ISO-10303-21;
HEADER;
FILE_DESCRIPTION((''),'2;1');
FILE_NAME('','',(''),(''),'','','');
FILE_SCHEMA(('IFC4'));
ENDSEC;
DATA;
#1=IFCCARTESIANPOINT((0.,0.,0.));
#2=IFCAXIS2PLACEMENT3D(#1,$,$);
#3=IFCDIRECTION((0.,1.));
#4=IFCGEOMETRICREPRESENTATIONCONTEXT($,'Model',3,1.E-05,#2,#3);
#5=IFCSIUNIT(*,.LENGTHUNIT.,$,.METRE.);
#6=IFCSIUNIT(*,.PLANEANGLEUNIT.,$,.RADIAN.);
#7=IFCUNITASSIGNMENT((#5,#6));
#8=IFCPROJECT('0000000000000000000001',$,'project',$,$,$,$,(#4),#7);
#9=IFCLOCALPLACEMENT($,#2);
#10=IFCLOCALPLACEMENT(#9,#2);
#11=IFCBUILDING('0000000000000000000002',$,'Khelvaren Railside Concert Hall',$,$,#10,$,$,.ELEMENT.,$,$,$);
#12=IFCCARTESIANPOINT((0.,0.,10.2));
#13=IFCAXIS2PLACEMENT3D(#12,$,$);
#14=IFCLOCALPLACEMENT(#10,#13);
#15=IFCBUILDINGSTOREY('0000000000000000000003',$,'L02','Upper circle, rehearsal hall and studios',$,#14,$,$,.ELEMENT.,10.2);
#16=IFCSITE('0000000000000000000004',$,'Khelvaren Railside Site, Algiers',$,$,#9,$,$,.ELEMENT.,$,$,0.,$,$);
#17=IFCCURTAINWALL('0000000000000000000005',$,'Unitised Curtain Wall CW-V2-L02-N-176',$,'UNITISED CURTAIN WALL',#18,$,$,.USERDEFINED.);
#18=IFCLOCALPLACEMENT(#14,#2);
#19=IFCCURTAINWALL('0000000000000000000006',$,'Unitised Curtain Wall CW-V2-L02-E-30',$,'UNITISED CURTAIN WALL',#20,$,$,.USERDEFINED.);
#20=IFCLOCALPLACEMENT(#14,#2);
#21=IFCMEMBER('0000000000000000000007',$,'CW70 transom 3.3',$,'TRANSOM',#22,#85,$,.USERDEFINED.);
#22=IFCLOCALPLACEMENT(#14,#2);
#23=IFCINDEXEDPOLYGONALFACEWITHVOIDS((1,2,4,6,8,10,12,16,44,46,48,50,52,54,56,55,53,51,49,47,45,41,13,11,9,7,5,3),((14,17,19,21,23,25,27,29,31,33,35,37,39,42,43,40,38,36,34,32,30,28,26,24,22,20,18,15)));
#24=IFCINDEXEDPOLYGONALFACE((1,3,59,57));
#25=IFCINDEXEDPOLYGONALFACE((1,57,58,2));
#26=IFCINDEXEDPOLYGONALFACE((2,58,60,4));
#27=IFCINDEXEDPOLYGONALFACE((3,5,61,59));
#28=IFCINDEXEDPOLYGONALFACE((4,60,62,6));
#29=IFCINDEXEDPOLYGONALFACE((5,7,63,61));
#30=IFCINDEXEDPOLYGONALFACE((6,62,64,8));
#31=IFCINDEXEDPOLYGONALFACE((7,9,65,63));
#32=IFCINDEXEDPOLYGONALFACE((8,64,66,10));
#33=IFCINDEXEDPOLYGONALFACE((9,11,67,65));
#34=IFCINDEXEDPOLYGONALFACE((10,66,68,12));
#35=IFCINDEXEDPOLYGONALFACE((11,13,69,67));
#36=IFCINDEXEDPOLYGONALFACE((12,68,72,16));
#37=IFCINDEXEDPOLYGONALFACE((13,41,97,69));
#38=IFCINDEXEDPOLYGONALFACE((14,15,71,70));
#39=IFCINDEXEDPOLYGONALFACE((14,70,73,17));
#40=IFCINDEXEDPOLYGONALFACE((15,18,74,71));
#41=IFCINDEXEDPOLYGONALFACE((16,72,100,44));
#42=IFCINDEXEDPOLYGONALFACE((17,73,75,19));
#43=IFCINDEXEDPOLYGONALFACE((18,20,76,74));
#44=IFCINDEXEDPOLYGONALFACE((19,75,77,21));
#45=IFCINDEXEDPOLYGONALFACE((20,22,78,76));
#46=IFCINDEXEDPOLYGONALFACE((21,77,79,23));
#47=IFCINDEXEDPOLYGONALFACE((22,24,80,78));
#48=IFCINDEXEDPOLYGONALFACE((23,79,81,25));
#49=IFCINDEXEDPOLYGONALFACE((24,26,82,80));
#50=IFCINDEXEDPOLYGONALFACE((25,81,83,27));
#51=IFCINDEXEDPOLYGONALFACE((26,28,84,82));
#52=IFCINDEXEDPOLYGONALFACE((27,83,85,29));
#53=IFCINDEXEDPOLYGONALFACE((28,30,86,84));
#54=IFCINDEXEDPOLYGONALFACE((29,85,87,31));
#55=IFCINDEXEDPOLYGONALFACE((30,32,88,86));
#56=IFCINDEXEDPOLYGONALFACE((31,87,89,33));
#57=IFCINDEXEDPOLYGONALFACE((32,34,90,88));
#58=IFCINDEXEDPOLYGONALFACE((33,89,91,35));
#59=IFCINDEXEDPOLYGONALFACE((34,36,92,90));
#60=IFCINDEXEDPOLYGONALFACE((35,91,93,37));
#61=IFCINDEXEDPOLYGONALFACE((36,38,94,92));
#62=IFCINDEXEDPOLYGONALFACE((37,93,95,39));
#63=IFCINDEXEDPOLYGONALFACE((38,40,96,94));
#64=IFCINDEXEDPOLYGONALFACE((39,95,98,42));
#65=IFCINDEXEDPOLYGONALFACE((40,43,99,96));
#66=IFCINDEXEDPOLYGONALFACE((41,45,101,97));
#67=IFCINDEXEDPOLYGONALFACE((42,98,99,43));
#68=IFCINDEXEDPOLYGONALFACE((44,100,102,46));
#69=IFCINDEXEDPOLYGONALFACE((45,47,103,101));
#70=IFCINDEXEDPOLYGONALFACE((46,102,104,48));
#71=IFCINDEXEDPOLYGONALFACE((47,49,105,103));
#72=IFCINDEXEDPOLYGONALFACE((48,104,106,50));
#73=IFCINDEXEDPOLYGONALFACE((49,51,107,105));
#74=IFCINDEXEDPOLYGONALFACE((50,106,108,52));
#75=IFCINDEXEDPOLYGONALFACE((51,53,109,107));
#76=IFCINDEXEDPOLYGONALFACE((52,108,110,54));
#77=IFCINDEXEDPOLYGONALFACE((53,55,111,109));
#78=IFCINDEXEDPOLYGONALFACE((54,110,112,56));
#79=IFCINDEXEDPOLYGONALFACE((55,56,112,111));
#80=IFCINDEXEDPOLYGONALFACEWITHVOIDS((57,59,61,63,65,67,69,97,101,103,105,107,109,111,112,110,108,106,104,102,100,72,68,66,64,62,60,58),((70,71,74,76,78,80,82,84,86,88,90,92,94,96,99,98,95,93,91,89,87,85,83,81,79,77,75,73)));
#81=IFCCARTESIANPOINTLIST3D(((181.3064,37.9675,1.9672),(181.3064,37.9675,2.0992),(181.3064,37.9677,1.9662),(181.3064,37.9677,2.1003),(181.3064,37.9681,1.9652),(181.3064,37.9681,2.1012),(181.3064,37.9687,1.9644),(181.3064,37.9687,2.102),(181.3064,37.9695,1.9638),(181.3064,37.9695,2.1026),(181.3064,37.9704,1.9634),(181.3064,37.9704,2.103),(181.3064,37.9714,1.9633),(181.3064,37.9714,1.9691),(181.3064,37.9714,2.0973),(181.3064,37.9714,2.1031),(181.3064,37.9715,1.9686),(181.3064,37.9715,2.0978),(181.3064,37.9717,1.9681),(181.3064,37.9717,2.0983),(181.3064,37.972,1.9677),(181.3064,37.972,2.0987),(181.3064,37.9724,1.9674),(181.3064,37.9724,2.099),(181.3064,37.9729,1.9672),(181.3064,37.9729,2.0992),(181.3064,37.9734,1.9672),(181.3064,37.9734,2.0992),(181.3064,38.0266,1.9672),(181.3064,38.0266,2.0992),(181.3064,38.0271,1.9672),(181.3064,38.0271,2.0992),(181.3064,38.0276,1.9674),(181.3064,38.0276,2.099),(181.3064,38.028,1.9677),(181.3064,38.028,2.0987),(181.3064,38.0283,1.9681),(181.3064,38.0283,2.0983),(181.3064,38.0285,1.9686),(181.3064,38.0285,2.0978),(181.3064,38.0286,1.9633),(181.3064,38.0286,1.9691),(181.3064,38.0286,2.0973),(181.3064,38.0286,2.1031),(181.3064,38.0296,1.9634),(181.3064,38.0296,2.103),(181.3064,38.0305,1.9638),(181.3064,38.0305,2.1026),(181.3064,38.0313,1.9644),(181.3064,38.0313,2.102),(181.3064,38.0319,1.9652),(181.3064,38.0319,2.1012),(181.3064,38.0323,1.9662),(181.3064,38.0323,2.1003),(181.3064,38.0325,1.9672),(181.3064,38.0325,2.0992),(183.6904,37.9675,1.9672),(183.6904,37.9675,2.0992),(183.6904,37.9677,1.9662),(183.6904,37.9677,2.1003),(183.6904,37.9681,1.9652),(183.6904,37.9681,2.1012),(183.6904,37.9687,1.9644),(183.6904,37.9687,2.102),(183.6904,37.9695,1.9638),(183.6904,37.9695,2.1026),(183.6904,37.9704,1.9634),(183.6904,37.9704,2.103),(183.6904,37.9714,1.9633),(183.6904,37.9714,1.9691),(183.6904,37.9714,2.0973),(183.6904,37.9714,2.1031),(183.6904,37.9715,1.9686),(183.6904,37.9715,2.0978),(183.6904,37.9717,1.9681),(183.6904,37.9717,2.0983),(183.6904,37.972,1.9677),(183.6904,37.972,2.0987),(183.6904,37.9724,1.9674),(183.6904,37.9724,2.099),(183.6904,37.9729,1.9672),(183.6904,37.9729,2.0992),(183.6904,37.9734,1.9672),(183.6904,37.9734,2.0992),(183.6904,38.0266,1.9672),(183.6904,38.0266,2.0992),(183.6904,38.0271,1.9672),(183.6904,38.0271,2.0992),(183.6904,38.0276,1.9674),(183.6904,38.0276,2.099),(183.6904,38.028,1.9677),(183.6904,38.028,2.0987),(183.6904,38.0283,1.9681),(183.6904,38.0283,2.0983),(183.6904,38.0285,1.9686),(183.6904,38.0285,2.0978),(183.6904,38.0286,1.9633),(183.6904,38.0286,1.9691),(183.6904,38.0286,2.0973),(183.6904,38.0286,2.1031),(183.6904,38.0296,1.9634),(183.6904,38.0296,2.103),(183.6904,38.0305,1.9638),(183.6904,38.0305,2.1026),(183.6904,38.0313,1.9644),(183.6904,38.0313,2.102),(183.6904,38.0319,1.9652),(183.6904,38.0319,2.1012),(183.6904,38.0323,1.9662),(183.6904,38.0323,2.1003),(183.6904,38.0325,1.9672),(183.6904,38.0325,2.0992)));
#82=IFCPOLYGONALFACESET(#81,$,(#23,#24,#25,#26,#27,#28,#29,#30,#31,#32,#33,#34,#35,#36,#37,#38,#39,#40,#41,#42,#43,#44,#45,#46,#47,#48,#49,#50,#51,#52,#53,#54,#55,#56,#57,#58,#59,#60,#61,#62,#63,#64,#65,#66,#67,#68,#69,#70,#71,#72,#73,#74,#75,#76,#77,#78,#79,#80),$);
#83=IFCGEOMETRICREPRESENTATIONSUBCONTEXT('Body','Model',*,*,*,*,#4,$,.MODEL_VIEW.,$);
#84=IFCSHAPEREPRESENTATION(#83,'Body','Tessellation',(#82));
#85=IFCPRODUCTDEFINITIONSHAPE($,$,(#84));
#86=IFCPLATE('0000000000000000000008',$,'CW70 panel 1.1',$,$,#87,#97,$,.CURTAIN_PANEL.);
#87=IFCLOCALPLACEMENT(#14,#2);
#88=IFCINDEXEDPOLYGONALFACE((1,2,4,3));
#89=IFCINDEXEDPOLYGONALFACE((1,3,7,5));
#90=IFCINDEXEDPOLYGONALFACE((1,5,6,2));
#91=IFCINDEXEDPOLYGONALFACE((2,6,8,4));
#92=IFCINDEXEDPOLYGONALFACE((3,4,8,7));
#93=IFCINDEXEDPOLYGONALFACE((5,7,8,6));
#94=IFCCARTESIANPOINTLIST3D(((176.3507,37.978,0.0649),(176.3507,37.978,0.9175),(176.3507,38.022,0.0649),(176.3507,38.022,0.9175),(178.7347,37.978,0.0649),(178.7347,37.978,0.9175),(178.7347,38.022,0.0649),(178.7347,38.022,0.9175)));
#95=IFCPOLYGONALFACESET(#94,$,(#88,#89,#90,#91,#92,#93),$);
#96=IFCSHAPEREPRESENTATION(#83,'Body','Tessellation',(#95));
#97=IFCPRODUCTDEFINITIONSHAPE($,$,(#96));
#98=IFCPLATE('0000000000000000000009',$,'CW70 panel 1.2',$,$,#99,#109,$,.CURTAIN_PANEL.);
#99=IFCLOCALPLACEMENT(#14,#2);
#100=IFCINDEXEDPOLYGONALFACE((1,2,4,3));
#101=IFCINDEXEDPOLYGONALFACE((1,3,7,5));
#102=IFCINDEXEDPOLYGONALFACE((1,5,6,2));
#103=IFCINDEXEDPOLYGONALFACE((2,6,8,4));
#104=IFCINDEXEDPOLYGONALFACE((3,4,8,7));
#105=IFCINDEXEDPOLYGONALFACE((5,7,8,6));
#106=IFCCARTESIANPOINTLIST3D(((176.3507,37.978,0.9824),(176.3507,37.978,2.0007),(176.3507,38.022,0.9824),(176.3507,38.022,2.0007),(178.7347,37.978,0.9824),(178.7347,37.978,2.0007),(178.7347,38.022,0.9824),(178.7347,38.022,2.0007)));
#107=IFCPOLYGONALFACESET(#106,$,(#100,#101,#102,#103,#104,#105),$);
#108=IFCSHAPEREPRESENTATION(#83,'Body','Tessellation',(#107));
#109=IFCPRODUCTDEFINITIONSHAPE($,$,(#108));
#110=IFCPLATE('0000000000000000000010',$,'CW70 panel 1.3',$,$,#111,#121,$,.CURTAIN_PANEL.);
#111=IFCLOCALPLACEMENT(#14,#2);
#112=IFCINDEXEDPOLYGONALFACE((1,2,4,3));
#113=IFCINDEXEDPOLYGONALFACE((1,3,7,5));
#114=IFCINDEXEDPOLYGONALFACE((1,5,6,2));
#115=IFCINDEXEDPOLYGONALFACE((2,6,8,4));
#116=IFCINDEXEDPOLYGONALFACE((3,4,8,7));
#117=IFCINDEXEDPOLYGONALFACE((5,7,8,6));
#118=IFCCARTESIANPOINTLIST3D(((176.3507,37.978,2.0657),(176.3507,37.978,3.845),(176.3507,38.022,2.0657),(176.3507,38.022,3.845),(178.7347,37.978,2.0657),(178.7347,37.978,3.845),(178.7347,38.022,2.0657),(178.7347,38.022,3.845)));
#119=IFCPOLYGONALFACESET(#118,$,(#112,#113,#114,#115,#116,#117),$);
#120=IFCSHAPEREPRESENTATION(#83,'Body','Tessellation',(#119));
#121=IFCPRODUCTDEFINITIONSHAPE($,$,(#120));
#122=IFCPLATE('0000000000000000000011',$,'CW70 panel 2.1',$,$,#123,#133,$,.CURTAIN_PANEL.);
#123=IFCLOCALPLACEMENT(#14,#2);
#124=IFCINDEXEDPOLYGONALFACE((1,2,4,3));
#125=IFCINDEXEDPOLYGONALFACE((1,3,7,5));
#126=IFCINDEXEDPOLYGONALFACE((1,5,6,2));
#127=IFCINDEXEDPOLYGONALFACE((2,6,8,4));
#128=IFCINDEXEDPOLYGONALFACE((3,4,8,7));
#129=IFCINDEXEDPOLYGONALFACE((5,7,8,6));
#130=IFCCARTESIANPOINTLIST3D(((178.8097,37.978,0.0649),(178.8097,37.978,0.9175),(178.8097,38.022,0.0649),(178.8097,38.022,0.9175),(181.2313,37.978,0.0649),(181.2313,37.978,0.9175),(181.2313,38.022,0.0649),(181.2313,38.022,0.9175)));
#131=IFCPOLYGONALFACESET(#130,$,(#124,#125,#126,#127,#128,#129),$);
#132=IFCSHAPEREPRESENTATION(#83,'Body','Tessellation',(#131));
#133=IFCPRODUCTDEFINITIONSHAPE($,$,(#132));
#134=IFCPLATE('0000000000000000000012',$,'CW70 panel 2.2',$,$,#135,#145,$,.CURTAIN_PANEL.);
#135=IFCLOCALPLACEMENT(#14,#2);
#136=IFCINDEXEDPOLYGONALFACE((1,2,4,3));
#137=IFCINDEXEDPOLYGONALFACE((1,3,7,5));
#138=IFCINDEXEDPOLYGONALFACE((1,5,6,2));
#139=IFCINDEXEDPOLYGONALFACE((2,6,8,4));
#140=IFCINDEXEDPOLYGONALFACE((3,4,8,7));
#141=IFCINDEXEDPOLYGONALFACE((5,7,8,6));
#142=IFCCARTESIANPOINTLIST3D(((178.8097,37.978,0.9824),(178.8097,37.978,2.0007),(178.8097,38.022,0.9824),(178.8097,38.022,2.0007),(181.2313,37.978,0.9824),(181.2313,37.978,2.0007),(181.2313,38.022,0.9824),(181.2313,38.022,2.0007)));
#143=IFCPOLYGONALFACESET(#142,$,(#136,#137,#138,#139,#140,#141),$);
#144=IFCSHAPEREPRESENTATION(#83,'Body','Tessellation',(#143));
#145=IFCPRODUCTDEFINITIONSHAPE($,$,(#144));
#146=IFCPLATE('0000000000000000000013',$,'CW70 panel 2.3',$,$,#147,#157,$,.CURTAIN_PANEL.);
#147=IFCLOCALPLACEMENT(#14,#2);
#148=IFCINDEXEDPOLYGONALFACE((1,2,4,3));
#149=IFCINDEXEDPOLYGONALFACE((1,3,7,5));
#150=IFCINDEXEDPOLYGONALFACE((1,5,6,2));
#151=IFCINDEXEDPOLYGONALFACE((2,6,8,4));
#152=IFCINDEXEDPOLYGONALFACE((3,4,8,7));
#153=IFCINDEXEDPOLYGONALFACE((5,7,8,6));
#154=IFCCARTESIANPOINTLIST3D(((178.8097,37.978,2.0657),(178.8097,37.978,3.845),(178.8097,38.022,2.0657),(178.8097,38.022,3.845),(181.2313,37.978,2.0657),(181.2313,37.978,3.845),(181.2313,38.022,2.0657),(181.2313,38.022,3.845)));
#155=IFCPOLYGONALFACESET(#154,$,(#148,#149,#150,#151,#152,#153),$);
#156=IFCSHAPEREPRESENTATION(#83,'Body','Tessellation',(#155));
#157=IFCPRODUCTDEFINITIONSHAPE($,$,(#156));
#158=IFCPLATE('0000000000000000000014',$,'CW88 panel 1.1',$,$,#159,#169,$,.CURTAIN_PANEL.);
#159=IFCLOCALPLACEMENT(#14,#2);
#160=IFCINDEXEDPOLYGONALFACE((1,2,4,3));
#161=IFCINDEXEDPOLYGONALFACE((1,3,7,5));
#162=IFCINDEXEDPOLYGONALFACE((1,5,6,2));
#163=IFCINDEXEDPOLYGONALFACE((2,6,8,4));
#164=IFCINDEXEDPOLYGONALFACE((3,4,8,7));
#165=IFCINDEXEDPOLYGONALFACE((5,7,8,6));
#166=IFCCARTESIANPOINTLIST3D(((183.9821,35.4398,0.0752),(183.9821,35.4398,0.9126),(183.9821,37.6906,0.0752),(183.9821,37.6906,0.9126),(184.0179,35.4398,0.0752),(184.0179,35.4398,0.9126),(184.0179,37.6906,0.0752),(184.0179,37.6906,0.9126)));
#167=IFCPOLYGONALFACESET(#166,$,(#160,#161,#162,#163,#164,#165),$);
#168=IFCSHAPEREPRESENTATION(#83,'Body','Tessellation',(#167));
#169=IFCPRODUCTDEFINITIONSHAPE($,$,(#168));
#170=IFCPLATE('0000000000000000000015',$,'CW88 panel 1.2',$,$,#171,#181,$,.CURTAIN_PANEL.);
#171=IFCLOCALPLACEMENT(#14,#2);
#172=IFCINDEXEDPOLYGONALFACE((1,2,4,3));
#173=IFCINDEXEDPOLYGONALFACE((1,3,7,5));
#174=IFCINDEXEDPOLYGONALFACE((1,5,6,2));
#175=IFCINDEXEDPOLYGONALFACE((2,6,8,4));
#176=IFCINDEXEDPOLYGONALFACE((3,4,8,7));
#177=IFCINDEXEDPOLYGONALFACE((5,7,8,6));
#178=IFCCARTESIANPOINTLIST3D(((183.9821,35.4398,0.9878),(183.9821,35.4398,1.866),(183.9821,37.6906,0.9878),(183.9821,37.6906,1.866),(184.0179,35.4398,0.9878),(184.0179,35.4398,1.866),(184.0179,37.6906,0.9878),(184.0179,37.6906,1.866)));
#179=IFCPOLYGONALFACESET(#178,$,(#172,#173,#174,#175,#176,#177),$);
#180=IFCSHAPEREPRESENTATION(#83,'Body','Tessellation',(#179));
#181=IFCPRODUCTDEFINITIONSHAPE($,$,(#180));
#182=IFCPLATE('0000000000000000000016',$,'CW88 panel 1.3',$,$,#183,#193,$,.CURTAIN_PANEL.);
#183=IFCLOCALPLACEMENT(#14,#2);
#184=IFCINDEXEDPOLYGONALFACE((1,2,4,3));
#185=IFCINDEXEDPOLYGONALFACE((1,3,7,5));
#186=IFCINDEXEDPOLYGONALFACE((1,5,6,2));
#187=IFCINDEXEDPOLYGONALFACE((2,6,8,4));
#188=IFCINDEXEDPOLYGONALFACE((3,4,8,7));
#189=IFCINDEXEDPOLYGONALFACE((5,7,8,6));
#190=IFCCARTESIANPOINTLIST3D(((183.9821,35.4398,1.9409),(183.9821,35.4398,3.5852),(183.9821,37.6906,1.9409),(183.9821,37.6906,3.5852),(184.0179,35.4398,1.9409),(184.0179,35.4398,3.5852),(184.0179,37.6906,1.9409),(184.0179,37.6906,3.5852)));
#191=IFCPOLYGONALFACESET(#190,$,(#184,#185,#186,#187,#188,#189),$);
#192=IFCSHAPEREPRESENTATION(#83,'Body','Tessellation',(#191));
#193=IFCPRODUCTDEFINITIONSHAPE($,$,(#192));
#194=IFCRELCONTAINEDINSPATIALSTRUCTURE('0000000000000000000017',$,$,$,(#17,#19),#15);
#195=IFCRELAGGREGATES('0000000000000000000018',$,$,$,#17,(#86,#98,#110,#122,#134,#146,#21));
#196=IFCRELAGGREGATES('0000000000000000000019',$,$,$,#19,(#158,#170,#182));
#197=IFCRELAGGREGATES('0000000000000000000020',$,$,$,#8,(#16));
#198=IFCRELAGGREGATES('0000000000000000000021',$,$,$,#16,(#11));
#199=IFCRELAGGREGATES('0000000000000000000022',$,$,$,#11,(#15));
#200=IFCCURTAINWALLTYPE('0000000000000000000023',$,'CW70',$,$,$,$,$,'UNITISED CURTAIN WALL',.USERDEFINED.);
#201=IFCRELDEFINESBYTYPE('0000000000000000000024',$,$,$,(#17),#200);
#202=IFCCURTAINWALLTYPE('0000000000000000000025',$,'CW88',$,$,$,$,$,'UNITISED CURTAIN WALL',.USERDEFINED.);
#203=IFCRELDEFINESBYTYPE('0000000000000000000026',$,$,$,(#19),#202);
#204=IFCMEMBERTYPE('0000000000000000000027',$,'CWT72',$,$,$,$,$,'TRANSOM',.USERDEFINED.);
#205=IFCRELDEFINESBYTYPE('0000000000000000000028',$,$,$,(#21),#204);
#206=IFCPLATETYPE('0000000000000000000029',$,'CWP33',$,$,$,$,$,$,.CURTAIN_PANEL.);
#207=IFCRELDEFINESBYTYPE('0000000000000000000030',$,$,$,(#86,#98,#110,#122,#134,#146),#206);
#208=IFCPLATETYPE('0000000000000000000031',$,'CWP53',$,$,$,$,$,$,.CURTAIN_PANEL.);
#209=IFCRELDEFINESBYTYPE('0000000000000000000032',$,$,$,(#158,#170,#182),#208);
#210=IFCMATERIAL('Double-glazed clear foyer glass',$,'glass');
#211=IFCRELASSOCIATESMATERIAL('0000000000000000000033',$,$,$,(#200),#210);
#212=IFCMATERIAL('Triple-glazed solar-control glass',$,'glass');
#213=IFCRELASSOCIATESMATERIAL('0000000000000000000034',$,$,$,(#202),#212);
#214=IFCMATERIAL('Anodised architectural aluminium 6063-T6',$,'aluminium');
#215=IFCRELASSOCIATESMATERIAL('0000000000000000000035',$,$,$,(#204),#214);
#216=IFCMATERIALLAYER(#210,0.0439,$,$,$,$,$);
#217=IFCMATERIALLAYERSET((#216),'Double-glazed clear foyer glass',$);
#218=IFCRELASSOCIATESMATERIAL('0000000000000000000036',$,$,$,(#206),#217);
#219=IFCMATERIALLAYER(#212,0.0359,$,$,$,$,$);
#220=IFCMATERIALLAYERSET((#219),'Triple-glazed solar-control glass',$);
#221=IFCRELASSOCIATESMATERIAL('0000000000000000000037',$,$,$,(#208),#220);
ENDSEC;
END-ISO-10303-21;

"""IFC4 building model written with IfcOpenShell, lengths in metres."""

from ifc_helpers import new_model, si_unit, direction, frame, origin, origin_2d, place, context, subcontext, project, spatial, rectangle, hollow_rectangle, extrude, material, layer, layer_set, material_profile, profile_set, type_object, element, aggregate, save


model = new_model("IFC4")

# Units and contexts
model_context = context("Model", 3, precision=1e-05, world=origin(), true_north=direction((0.0, 1.0)))
body_context = subcontext(model_context, "Body", "Model", "MODEL_VIEW")
ifc_project = project(units=[si_unit("LENGTHUNIT", "METRE"), si_unit("PLANEANGLEUNIT", "RADIAN")], contexts=[model_context])

# Site, building, storey
site_placement = place(None, origin())
site = spatial("IfcSite", under=ifc_project, at=site_placement, Name="Khelvaren Railside Site, Algiers", CompositionType="ELEMENT", RefElevation=0.0)
building_placement = place(site_placement, origin())
building = spatial("IfcBuilding", under=site, at=building_placement, Name="Khelvaren Railside Concert Hall", CompositionType="ELEMENT")
storey_placement = place(building_placement, frame((0.0, 0.0, 10.2)))
storey = spatial("IfcBuildingStorey", under=building, at=storey_placement, Name="L02", Description="Upper circle, rehearsal hall and studios", CompositionType="ELEMENT", Elevation=10.2)

# Curtain walls
ifc_material_1 = material(Name="Double-glazed clear foyer glass", Category="glass")
curtain_wall_type_1 = type_object("IfcCurtainWallType", Name="CW70", ElementType="UNITISED CURTAIN WALL", PredefinedType="USERDEFINED", material=ifc_material_1)
curtain_wall_1_placement = place(storey_placement, origin())
curtain_wall_1 = element("IfcCurtainWall", 1, at=curtain_wall_1_placement, inside=storey, type_object=curtain_wall_type_1, Name="Unitised Curtain Wall CW-V2-L02-N-176", ObjectType="UNITISED CURTAIN WALL", PredefinedType="USERDEFINED")
ifc_material_2 = material(Name="Anodised architectural aluminium 6063-T6", Category="aluminium")
ifc_material_3 = material(Name="Triple-glazed solar-control glass", Category="glass")
curtain_wall_type_2 = type_object("IfcCurtainWallType", Name="CW88", ElementType="UNITISED CURTAIN WALL", PredefinedType="USERDEFINED", material=ifc_material_3)
curtain_wall_2_placement = place(storey_placement, origin())
curtain_wall_2 = element("IfcCurtainWall", 2, at=curtain_wall_2_placement, inside=storey, type_object=curtain_wall_type_2, Name="Unitised Curtain Wall CW-V2-L02-E-30", ObjectType="UNITISED CURTAIN WALL", PredefinedType="USERDEFINED")

# Member
ifc_material_profile_1 = material_profile(ifc_material_2, hollow_rectangle(XDim=0.0649, YDim=0.1399, WallThickness=0.0039, InnerFilletRadius=0.002, OuterFilletRadius=0.0039, at=origin_2d()), Name="CWT 65x140x4")
ifc_profile_set_1 = profile_set([ifc_material_profile_1], Name="Anodised architectural aluminium 6063-T6")
member_type_1 = type_object("IfcMemberType", Name="CWT72", ElementType="TRANSOM", PredefinedType="USERDEFINED", material=ifc_profile_set_1)
member_1_placement = place(storey_placement, frame((181.3064, 38.0, 2.0332), z_axis=(1.0, 0.0, 0.0), x_axis=(0.0, 1.0, 0.0)))
member_1 = element("IfcMember", 3, at=member_1_placement, type_object=member_type_1, Name="CW70 transom 3.3", ObjectType="TRANSOM", PredefinedType="USERDEFINED", context=body_context, shape_type="SweptSolid", body=[
    extrude(hollow_rectangle(XDim=0.0649, YDim=0.1399, WallThickness=0.0039, InnerFilletRadius=0.002, OuterFilletRadius=0.0039, at=origin_2d()), origin(), (0.0, 0.0, 1.0), 2.384),
])

# Plates
ifc_layer_1 = layer(ifc_material_1, 0.0439)
ifc_layer_set_1 = layer_set([ifc_layer_1], Name="Double-glazed clear foyer glass")
plate_type_1 = type_object("IfcPlateType", Name="CWP33", PredefinedType="CURTAIN_PANEL", material=ifc_layer_set_1)
plate_1_placement = place(storey_placement, frame((177.5427, 38.0, 0.0649), z_axis=(0.0, 0.0, 1.0), x_axis=(1.0, 0.0, 0.0)))
plate_1 = element("IfcPlate", 4, at=plate_1_placement, type_object=plate_type_1, Name="CW70 panel 1.1", PredefinedType="CURTAIN_PANEL", context=body_context, shape_type="SweptSolid", body=[
    extrude(rectangle(XDim=2.384, YDim=0.0439, at=origin_2d()), origin(), (0.0, 0.0, 1.0), 0.8525),
])
plate_2_placement = place(storey_placement, frame((177.5427, 38.0, 0.9824), z_axis=(0.0, 0.0, 1.0), x_axis=(1.0, 0.0, 0.0)))
plate_2 = element("IfcPlate", 5, at=plate_2_placement, type_object=plate_type_1, Name="CW70 panel 1.2", PredefinedType="CURTAIN_PANEL", context=body_context, shape_type="SweptSolid", body=[
    extrude(rectangle(XDim=2.384, YDim=0.0439, at=origin_2d()), origin(), (0.0, 0.0, 1.0), 1.0183),
])
plate_3_placement = place(storey_placement, frame((177.5427, 38.0, 2.0657), z_axis=(0.0, 0.0, 1.0), x_axis=(1.0, 0.0, 0.0)))
plate_3 = element("IfcPlate", 6, at=plate_3_placement, type_object=plate_type_1, Name="CW70 panel 1.3", PredefinedType="CURTAIN_PANEL", context=body_context, shape_type="SweptSolid", body=[
    extrude(rectangle(XDim=2.384, YDim=0.0439, at=origin_2d()), origin(), (0.0, 0.0, 1.0), 1.7793),
])
plate_4_placement = place(storey_placement, frame((180.0205, 38.0, 0.0649), z_axis=(0.0, 0.0, 1.0), x_axis=(1.0, 0.0, 0.0)))
plate_4 = element("IfcPlate", 7, at=plate_4_placement, type_object=plate_type_1, Name="CW70 panel 2.1", PredefinedType="CURTAIN_PANEL", context=body_context, shape_type="SweptSolid", body=[
    extrude(rectangle(XDim=2.4216, YDim=0.0439, at=origin_2d()), origin(), (0.0, 0.0, 1.0), 0.8525),
])
plate_5_placement = place(storey_placement, frame((180.0205, 38.0, 0.9824), z_axis=(0.0, 0.0, 1.0), x_axis=(1.0, 0.0, 0.0)))
plate_5 = element("IfcPlate", 8, at=plate_5_placement, type_object=plate_type_1, Name="CW70 panel 2.2", PredefinedType="CURTAIN_PANEL", context=body_context, shape_type="SweptSolid", body=[
    extrude(rectangle(XDim=2.4216, YDim=0.0439, at=origin_2d()), origin(), (0.0, 0.0, 1.0), 1.0183),
])
plate_6_placement = place(storey_placement, frame((180.0205, 38.0, 2.0657), z_axis=(0.0, 0.0, 1.0), x_axis=(1.0, 0.0, 0.0)))
plate_6 = element("IfcPlate", 9, at=plate_6_placement, type_object=plate_type_1, Name="CW70 panel 2.3", PredefinedType="CURTAIN_PANEL", context=body_context, shape_type="SweptSolid", body=[
    extrude(rectangle(XDim=2.4216, YDim=0.0439, at=origin_2d()), origin(), (0.0, 0.0, 1.0), 1.7793),
])
aggregate(curtain_wall_1, [plate_1, plate_2, plate_3, plate_4, plate_5, plate_6, member_1])
ifc_layer_2 = layer(ifc_material_3, 0.0359)
ifc_layer_set_2 = layer_set([ifc_layer_2], Name="Triple-glazed solar-control glass")
plate_type_2 = type_object("IfcPlateType", Name="CWP53", PredefinedType="CURTAIN_PANEL", material=ifc_layer_set_2)
plate_7_placement = place(storey_placement, frame((184.0, 36.5652, 0.0752), z_axis=(0.0, 0.0, 1.0), x_axis=(0.0, -1.0, 0.0)))
plate_7 = element("IfcPlate", 10, at=plate_7_placement, type_object=plate_type_2, Name="CW88 panel 1.1", PredefinedType="CURTAIN_PANEL", context=body_context, shape_type="SweptSolid", body=[
    extrude(rectangle(XDim=2.2507, YDim=0.0359, at=origin_2d()), origin(), (0.0, 0.0, 1.0), 0.8374),
])
plate_8_placement = place(storey_placement, frame((184.0, 36.5652, 0.9878), z_axis=(0.0, 0.0, 1.0), x_axis=(0.0, -1.0, 0.0)))
plate_8 = element("IfcPlate", 11, at=plate_8_placement, type_object=plate_type_2, Name="CW88 panel 1.2", PredefinedType="CURTAIN_PANEL", context=body_context, shape_type="SweptSolid", body=[
    extrude(rectangle(XDim=2.2507, YDim=0.0359, at=origin_2d()), origin(), (0.0, 0.0, 1.0), 0.8782),
])
plate_9_placement = place(storey_placement, frame((184.0, 36.5652, 1.9409), z_axis=(0.0, 0.0, 1.0), x_axis=(0.0, -1.0, 0.0)))
plate_9 = element("IfcPlate", 12, at=plate_9_placement, type_object=plate_type_2, Name="CW88 panel 1.3", PredefinedType="CURTAIN_PANEL", context=body_context, shape_type="SweptSolid", body=[
    extrude(rectangle(XDim=2.2507, YDim=0.0359, at=origin_2d()), origin(), (0.0, 0.0, 1.0), 1.6443),
])
aggregate(curtain_wall_2, [plate_7, plate_8, plate_9])

save(model, "model.ifc")
